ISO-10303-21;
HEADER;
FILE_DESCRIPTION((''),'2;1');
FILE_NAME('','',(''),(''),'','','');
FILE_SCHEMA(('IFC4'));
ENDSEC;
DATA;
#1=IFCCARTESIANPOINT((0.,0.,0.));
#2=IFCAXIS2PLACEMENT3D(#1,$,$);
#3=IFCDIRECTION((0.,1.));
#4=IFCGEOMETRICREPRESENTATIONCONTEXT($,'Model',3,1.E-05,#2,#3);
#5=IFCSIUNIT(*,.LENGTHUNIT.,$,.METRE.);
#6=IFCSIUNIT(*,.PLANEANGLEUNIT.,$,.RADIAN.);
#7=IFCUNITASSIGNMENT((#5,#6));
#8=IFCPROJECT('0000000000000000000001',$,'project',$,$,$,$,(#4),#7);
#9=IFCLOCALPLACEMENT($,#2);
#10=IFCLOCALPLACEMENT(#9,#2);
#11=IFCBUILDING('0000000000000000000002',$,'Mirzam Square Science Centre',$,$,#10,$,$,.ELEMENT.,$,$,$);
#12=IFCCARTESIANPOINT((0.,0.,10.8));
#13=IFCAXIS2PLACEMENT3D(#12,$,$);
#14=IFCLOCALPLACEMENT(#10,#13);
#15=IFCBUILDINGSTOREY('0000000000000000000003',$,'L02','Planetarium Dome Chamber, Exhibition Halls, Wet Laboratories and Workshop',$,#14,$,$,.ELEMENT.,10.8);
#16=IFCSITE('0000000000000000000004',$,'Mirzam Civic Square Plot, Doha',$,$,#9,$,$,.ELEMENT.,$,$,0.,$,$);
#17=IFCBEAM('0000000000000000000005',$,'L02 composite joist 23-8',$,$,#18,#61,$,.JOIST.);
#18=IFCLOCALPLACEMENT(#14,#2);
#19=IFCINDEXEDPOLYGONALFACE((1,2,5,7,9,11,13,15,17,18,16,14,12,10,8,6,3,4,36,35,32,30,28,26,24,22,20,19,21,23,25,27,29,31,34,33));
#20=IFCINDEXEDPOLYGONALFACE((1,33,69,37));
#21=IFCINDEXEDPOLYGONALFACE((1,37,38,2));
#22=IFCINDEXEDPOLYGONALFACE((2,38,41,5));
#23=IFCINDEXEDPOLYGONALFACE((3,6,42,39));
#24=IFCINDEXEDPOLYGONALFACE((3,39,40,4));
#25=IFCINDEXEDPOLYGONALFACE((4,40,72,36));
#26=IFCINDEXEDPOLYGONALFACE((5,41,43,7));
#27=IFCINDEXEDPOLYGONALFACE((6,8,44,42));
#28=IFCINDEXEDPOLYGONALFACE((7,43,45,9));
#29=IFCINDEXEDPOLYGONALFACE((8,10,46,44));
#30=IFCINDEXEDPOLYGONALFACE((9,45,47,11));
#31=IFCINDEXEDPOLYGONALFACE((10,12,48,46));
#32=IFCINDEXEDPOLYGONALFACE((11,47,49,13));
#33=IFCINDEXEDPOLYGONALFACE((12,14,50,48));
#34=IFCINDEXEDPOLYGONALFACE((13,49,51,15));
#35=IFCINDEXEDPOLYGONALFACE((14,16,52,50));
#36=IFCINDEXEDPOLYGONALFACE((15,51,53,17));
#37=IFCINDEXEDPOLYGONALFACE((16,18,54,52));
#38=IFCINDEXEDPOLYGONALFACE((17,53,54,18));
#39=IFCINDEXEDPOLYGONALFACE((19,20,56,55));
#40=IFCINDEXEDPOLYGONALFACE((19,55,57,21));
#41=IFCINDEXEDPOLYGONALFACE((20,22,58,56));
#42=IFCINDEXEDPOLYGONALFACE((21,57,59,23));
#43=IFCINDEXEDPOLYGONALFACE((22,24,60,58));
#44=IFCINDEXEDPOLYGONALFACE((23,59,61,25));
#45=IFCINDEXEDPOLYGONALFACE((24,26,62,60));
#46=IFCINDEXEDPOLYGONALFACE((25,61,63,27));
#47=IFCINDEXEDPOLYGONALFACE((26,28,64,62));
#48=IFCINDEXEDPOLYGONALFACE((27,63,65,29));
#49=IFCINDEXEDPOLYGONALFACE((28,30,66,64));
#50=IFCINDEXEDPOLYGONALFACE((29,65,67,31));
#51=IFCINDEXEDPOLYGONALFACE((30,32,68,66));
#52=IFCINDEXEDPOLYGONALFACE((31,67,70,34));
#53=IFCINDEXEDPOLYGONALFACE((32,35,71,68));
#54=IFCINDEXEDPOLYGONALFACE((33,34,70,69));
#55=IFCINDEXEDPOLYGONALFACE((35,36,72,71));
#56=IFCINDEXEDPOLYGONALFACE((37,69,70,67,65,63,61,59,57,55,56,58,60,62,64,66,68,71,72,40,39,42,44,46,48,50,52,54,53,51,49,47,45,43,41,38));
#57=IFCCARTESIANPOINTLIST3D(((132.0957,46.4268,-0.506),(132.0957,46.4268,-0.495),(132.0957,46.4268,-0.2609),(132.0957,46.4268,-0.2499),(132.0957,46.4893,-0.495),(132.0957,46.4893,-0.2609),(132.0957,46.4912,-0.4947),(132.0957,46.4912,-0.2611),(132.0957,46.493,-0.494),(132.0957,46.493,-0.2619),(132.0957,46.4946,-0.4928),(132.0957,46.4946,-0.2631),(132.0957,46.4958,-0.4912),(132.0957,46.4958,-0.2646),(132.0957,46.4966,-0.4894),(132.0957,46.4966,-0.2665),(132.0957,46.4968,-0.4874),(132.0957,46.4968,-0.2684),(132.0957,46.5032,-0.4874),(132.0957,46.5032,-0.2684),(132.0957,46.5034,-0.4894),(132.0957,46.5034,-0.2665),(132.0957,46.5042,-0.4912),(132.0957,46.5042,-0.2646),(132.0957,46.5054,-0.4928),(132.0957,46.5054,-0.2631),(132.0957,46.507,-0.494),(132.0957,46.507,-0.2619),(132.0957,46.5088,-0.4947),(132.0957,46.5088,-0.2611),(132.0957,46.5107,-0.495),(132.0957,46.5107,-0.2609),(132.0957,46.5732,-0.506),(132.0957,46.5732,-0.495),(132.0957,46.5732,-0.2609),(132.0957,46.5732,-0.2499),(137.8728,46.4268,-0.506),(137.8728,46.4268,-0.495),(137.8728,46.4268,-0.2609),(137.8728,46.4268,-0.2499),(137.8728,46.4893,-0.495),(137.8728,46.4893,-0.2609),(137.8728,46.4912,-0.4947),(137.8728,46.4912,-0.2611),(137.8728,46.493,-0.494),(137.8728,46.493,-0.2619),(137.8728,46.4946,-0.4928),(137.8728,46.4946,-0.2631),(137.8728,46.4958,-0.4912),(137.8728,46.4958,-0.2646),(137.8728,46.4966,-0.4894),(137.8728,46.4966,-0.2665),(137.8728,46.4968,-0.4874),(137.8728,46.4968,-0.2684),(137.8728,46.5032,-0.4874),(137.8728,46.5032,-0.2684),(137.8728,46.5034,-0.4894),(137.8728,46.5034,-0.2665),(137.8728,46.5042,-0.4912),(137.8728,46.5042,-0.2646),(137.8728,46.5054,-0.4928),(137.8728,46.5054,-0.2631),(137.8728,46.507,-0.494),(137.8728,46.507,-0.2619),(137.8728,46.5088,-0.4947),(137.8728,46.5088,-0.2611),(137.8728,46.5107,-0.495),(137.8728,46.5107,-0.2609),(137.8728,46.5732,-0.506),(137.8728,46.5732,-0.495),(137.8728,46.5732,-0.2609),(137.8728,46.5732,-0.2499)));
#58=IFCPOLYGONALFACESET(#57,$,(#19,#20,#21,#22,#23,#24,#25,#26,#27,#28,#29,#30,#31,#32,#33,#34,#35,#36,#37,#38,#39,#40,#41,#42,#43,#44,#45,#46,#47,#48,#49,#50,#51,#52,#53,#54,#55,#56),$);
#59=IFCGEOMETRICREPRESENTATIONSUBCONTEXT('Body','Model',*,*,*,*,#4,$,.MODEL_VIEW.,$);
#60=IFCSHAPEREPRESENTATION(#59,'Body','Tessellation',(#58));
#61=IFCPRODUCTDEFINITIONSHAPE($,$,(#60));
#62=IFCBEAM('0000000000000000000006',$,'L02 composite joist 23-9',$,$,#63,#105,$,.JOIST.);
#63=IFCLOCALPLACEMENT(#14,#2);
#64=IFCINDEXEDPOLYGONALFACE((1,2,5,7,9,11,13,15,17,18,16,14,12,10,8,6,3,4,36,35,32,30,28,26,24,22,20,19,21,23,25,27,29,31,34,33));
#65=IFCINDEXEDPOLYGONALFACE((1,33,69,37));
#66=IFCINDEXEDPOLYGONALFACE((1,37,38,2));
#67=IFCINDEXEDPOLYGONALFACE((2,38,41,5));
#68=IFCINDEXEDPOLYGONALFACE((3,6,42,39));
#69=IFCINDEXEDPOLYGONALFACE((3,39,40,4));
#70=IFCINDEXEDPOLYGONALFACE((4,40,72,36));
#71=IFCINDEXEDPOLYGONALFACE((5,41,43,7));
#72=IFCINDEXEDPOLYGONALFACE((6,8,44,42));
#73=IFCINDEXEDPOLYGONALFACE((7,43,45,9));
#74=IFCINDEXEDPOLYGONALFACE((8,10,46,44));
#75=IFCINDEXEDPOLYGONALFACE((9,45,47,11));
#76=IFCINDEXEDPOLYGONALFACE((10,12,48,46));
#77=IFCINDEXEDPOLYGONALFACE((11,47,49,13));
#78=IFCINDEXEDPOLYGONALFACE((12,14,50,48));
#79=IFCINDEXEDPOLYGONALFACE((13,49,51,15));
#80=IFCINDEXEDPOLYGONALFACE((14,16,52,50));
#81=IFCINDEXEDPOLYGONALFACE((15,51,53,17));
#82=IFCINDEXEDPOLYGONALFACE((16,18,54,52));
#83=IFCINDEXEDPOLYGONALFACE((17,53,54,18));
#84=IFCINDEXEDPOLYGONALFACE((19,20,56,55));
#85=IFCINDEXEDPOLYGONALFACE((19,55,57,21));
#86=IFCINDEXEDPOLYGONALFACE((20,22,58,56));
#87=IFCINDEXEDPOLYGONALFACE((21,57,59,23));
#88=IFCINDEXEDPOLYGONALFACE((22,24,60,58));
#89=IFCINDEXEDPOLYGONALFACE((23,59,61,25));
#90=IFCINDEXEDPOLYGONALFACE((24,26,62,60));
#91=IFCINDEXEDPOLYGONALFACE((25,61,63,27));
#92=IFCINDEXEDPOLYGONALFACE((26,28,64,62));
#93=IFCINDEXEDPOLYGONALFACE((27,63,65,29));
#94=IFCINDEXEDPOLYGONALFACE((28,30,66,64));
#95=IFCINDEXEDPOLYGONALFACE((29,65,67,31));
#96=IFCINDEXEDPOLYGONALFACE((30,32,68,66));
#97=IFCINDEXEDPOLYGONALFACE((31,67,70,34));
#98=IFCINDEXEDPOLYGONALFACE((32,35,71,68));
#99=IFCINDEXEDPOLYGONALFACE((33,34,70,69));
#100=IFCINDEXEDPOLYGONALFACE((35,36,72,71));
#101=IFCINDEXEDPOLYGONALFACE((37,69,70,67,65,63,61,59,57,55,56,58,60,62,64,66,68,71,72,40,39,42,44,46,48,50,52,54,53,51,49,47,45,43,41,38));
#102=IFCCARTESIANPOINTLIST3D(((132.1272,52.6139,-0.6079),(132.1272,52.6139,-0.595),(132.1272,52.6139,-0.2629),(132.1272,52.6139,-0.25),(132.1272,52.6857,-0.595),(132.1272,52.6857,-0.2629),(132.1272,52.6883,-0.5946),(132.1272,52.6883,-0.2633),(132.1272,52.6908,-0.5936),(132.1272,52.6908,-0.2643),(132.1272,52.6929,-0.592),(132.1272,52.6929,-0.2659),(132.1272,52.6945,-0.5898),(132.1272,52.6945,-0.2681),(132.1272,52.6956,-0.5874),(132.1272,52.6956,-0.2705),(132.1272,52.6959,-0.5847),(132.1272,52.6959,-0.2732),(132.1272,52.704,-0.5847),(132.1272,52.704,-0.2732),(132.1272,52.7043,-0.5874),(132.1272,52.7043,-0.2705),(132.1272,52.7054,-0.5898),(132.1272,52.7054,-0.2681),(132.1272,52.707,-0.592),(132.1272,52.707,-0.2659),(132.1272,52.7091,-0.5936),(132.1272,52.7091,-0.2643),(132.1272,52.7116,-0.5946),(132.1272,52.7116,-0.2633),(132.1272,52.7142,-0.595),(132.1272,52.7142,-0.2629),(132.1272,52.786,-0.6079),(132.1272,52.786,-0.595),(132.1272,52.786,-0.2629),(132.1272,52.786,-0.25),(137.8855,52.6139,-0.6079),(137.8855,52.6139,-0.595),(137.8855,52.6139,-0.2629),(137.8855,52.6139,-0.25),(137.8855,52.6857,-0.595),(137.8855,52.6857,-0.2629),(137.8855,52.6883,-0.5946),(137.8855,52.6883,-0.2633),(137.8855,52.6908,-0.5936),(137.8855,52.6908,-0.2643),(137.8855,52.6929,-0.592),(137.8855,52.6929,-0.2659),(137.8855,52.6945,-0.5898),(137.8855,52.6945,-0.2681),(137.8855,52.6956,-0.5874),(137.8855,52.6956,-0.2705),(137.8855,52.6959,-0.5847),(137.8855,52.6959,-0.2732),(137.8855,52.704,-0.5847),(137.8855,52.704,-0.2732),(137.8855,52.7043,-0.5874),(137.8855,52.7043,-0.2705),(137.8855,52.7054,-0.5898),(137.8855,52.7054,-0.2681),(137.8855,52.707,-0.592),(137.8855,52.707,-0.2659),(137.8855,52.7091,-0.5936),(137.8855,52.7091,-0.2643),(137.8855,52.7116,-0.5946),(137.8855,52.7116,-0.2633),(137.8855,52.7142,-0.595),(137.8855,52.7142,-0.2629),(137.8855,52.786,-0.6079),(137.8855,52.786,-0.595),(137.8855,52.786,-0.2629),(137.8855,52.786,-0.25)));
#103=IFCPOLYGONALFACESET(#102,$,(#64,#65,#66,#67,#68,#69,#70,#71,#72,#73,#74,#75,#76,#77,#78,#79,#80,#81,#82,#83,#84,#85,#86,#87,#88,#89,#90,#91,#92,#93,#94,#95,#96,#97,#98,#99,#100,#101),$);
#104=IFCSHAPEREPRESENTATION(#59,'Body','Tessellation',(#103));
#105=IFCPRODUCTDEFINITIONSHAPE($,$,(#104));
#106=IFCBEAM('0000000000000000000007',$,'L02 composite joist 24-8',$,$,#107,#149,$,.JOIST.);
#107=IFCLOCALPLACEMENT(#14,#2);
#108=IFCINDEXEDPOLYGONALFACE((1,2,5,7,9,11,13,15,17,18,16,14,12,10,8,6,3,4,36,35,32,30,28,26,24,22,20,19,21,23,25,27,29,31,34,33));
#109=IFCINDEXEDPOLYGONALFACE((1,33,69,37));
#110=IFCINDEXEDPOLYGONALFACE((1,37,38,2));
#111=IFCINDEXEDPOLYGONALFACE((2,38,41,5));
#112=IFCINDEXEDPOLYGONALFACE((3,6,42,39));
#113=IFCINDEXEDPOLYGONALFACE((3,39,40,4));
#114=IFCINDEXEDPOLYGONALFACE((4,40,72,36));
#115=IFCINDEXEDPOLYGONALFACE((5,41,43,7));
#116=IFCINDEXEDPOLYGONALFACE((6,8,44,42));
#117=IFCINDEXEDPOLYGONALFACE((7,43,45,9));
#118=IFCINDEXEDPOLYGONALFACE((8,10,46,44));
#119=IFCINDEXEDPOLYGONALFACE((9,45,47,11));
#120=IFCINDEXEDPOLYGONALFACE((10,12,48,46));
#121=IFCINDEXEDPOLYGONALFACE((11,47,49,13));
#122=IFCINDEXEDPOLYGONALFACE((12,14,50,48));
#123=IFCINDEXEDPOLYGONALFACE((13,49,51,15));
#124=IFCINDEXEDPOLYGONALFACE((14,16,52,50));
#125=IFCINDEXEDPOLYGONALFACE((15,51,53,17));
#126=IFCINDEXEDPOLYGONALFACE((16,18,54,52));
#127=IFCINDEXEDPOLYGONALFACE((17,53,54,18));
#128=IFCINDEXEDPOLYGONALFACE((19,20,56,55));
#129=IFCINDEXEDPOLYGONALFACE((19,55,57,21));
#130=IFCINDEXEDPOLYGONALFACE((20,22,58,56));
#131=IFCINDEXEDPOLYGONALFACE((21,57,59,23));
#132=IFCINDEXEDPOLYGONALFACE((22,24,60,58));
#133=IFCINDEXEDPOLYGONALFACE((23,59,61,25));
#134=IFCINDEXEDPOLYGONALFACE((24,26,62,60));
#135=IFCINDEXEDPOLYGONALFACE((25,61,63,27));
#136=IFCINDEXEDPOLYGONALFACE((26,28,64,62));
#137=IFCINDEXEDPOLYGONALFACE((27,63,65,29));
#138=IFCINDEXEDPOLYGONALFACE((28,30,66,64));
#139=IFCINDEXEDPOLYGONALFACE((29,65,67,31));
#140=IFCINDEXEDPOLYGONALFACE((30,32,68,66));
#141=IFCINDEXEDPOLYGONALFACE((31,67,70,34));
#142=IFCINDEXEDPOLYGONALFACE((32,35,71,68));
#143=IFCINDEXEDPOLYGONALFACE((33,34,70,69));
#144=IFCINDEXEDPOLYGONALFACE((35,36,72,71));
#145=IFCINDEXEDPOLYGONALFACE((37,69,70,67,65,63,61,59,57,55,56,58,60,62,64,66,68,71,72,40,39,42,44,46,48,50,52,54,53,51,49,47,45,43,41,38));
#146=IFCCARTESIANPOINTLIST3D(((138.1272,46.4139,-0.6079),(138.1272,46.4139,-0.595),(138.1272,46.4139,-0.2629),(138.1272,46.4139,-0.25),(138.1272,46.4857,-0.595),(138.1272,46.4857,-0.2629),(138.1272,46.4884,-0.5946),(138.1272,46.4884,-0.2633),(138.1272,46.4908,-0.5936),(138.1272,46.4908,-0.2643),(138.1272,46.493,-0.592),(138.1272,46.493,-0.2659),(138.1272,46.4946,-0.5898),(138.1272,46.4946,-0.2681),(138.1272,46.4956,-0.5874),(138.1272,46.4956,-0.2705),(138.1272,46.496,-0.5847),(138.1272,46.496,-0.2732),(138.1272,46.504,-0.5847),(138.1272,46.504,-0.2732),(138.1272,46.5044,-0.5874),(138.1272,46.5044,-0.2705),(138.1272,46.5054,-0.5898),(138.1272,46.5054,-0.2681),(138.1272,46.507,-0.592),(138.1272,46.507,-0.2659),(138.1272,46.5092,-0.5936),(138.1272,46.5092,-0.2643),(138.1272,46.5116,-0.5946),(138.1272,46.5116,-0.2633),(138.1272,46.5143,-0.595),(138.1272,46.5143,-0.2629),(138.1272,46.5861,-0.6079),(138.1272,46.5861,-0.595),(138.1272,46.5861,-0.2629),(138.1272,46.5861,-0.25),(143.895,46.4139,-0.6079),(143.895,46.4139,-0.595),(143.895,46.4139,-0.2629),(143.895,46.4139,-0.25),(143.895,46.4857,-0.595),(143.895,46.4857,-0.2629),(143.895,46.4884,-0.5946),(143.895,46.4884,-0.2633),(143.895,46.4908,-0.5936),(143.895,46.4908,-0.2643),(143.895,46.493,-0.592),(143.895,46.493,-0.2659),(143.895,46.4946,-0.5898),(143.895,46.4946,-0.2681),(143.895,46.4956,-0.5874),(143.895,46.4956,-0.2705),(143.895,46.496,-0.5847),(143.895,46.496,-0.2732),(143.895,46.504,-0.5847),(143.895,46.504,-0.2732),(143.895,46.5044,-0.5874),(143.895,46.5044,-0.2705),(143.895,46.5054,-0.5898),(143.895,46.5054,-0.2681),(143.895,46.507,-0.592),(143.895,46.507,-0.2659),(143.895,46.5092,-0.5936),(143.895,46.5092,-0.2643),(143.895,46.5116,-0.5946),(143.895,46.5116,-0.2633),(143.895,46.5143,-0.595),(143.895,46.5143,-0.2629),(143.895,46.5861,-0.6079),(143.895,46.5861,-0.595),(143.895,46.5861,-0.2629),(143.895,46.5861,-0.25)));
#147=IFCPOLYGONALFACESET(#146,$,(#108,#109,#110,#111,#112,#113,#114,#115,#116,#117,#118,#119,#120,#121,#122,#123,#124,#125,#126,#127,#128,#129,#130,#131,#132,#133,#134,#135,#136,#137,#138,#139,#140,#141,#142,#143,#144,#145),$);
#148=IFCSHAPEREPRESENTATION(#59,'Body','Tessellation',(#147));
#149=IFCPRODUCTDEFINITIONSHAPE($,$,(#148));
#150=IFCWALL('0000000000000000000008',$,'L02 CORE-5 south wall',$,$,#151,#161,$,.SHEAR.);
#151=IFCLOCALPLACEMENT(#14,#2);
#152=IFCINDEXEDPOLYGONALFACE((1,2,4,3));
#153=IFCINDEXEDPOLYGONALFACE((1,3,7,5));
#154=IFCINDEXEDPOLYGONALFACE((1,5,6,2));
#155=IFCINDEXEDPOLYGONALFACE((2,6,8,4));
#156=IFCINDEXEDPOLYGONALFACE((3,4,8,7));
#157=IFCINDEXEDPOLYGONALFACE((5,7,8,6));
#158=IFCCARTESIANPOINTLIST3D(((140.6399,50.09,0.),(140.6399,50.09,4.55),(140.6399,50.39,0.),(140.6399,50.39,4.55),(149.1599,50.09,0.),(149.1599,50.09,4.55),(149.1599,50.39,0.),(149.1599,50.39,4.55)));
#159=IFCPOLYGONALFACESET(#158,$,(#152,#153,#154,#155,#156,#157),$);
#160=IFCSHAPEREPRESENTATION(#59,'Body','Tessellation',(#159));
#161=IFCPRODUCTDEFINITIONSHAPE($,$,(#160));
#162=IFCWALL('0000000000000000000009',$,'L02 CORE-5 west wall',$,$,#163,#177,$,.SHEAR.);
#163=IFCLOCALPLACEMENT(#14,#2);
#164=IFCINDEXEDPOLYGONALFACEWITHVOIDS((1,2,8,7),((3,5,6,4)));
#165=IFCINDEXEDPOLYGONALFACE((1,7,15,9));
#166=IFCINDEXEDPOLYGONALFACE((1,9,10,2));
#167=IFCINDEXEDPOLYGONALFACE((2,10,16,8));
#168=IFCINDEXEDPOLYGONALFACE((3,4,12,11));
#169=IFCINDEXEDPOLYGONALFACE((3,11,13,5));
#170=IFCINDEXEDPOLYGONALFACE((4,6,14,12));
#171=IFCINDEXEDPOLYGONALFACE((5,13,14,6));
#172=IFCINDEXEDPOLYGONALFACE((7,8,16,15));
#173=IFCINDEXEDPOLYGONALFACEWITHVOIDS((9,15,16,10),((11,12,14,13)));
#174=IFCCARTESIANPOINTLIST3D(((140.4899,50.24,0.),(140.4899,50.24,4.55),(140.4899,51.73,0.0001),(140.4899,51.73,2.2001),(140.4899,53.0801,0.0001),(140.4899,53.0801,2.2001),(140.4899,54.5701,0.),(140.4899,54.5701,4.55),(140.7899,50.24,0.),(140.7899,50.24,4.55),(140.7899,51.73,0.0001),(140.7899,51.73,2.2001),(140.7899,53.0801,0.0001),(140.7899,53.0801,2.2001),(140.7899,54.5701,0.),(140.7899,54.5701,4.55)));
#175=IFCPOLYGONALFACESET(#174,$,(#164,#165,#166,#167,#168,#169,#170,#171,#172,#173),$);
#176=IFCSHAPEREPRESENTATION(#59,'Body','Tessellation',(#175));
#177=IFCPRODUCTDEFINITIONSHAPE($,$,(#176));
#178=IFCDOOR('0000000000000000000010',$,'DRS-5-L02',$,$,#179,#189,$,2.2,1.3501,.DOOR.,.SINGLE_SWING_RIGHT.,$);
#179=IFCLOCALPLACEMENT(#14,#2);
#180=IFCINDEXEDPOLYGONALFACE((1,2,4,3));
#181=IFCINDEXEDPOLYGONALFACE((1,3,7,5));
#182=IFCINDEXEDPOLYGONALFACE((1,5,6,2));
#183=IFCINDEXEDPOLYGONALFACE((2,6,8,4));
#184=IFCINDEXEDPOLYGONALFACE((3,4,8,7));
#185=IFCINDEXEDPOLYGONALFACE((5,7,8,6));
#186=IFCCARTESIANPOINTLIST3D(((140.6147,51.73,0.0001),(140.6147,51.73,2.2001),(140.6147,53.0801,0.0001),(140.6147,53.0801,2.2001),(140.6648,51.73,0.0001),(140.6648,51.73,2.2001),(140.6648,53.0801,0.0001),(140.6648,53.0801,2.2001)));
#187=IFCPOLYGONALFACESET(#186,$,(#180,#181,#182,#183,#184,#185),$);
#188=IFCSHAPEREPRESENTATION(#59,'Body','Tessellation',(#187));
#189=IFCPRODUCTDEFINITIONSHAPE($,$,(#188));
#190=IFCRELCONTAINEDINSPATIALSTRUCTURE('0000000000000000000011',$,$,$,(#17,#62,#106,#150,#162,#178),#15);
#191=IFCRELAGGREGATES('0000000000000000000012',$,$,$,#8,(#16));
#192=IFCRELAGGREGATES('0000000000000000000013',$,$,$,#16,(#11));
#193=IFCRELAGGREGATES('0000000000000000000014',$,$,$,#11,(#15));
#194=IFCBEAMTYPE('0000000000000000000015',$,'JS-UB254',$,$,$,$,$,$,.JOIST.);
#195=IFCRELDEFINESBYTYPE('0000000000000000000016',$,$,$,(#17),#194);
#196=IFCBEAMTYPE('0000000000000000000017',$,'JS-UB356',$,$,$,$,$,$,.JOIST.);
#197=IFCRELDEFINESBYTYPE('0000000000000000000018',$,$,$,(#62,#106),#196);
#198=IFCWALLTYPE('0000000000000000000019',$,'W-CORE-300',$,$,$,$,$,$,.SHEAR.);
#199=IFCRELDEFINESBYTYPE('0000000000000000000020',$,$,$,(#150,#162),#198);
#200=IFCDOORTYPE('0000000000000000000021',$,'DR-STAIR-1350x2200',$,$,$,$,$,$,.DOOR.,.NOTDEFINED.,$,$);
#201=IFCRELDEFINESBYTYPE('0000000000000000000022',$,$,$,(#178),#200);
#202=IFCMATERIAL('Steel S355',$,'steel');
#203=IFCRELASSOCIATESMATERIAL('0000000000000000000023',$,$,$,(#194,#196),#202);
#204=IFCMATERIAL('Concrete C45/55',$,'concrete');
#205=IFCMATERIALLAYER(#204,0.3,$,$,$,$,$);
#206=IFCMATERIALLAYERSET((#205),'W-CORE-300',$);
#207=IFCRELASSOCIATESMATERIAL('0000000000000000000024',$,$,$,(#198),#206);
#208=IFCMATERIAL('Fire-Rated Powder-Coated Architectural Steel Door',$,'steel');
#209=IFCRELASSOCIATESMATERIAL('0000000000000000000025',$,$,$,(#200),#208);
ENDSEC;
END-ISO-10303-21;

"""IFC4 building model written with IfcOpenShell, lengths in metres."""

from ifc_helpers import new_model, si_unit, direction, frame, frame_2d, origin, origin_2d, place, context, subcontext, project, spatial, rectangle, i_section, extrude, material, layer, layer_set, material_profile, profile_set, type_object, element, fill, save


model = new_model("IFC4")

# Units and contexts
model_context = context("Model", 3, precision=1e-05, world=origin(), true_north=direction((0.0, 1.0)))
body_context = subcontext(model_context, "Body", "Model", "MODEL_VIEW")
ifc_project = project(units=[si_unit("LENGTHUNIT", "METRE"), si_unit("PLANEANGLEUNIT", "RADIAN")], contexts=[model_context])

# Site, building, storey
site_placement = place(None, origin())
site = spatial("IfcSite", under=ifc_project, at=site_placement, Name="Mirzam Civic Square Plot, Doha", CompositionType="ELEMENT", RefElevation=0.0)
building_placement = place(site_placement, origin())
building = spatial("IfcBuilding", under=site, at=building_placement, Name="Mirzam Square Science Centre", CompositionType="ELEMENT")
storey_placement = place(building_placement, frame((0.0, 0.0, 10.8)))
storey = spatial("IfcBuildingStorey", under=building, at=storey_placement, Name="L02", Description="Planetarium Dome Chamber, Exhibition Halls, Wet Laboratories and Workshop", CompositionType="ELEMENT", Elevation=10.8)

# Shared definitions
ifc_material_1 = material(Name="Steel S355", Category="steel")

# Beams
ifc_material_profile_1 = material_profile(ifc_material_1, i_section(OverallWidth=0.1465, OverallDepth=0.2561, WebThickness=0.0063, FlangeThickness=0.011, FilletRadius=0.0076, at=origin_2d()), Name="254x146x37UB")
ifc_profile_set_1 = profile_set([ifc_material_profile_1], Name="Steel S355")
beam_type_1 = type_object("IfcBeamType", Name="JS-UB254", PredefinedType="JOIST", material=ifc_profile_set_1)
beam_1_placement = place(storey_placement, frame((132.0957, 46.5, -0.3779), z_axis=(1.0, 0.0, 0.0), x_axis=(0.0, 1.0, 0.0)))
element("IfcBeam", 1, at=beam_1_placement, inside=storey, type_object=beam_type_1, Name="L02 composite joist 23-8", PredefinedType="JOIST", context=body_context, shape_type="SweptSolid", body=[
    extrude(i_section(OverallWidth=0.1465, OverallDepth=0.2561, WebThickness=0.0063, FlangeThickness=0.011, FilletRadius=0.0076, at=origin_2d()), origin(), (0.0, 0.0, 1.0), 5.7771),
])
ifc_material_profile_2 = material_profile(ifc_material_1, i_section(OverallWidth=0.1721, OverallDepth=0.3579, WebThickness=0.0081, FlangeThickness=0.0129, FilletRadius=0.0103, at=origin_2d()), Name="356x171x57UB")
ifc_profile_set_2 = profile_set([ifc_material_profile_2], Name="Steel S355")
beam_type_2 = type_object("IfcBeamType", Name="JS-UB356", PredefinedType="JOIST", material=ifc_profile_set_2)
beam_2_placement = place(storey_placement, frame((132.1272, 52.7, -0.429), z_axis=(1.0, 0.0, 0.0), x_axis=(0.0, 1.0, 0.0)))
element("IfcBeam", 2, at=beam_2_placement, inside=storey, type_object=beam_type_2, Name="L02 composite joist 23-9", PredefinedType="JOIST", context=body_context, shape_type="SweptSolid", body=[
    extrude(i_section(OverallWidth=0.1721, OverallDepth=0.3579, WebThickness=0.0081, FlangeThickness=0.0129, FilletRadius=0.0103, at=origin_2d()), origin(), (0.0, 0.0, 1.0), 5.7583),
])
beam_3_placement = place(storey_placement, frame((138.1272, 46.5, -0.429), z_axis=(1.0, 0.0, 0.0), x_axis=(0.0, 1.0, 0.0)))
element("IfcBeam", 3, at=beam_3_placement, inside=storey, type_object=beam_type_2, Name="L02 composite joist 24-8", PredefinedType="JOIST", context=body_context, shape_type="SweptSolid", body=[
    extrude(i_section(OverallWidth=0.1721, OverallDepth=0.3579, WebThickness=0.0081, FlangeThickness=0.0129, FilletRadius=0.0103, at=origin_2d()), origin(), (0.0, 0.0, 1.0), 5.7678),
])

# Wall
ifc_material_2 = material(Name="Concrete C45/55", Category="concrete")
ifc_layer_1 = layer(ifc_material_2, 0.3)
ifc_layer_set_1 = layer_set([ifc_layer_1], Name="W-CORE-300")
wall_type_1 = type_object("IfcWallType", Name="W-CORE-300", PredefinedType="SHEAR", material=ifc_layer_set_1)
wall_1_placement = place(storey_placement, frame((140.6399, 50.24, 0.0), z_axis=(0.0, 0.0, 1.0), x_axis=(1.0, 0.0, 0.0)))
element("IfcWall", 4, at=wall_1_placement, inside=storey, type_object=wall_type_1, Name="L02 CORE-5 south wall", PredefinedType="SHEAR", context=body_context, shape_type="SweptSolid", body=[
    extrude(rectangle(XDim=8.52, YDim=0.3, at=frame_2d((4.26, 0.0))), origin(), (0.0, 0.0, 1.0), 4.55),
])

# Wall, opening, door
wall_2_placement = place(storey_placement, frame((140.6399, 54.5701, 0.0), z_axis=(0.0, 0.0, 1.0), x_axis=(0.0, -1.0, 0.0)))
wall_2 = element("IfcWall", 5, at=wall_2_placement, inside=storey, type_object=wall_type_1, Name="L02 CORE-5 west wall", PredefinedType="SHEAR", context=body_context, shape_type="SweptSolid", body=[
    extrude(rectangle(XDim=4.3301, YDim=0.3, at=frame_2d((2.165, 0.0))), origin(), (0.0, 0.0, 1.0), 4.55),
])
opening_placement = place(wall_2_placement, frame((1.49, 0.0, 0.0)))
opening = element("IfcOpeningElement", 6, at=opening_placement, cuts=wall_2, PredefinedType="OPENING", context=body_context, shape_type="SweptSolid", body=[
    extrude(rectangle(XDim=1.3501, YDim=2.2, at=frame_2d((0.675, 1.1001))), frame((0.0, 0.1599, 0.0), z_axis=(0.0, -1.0, 0.0), x_axis=(1.0, 0.0, 0.0)), (0.0, 0.0, 1.0), 0.3201),
])
ifc_material_3 = material(Name="Fire-Rated Powder-Coated Architectural Steel Door", Category="steel")
door_type = type_object("IfcDoorType", Name="DR-STAIR-1350x2200", OperationType="NOTDEFINED", PredefinedType="DOOR", material=ifc_material_3)
door_placement = place(opening_placement, origin())
door = element("IfcDoor", 7, at=door_placement, inside=storey, type_object=door_type, Name="DRS-5-L02", OperationType="SINGLE_SWING_RIGHT", OverallHeight=2.2, OverallWidth=1.3501, PredefinedType="DOOR", context=body_context, shape_type="SweptSolid", body=[
    extrude(rectangle(XDim=1.3501, YDim=2.2, at=frame_2d((0.675, 1.1001))), frame((0.0, 0.0249, 0.0), z_axis=(0.0, -1.0, 0.0), x_axis=(1.0, 0.0, 0.0)), (0.0, 0.0, 1.0), 0.05),
])
fill(opening, door)

save(model, "model.ifc")
